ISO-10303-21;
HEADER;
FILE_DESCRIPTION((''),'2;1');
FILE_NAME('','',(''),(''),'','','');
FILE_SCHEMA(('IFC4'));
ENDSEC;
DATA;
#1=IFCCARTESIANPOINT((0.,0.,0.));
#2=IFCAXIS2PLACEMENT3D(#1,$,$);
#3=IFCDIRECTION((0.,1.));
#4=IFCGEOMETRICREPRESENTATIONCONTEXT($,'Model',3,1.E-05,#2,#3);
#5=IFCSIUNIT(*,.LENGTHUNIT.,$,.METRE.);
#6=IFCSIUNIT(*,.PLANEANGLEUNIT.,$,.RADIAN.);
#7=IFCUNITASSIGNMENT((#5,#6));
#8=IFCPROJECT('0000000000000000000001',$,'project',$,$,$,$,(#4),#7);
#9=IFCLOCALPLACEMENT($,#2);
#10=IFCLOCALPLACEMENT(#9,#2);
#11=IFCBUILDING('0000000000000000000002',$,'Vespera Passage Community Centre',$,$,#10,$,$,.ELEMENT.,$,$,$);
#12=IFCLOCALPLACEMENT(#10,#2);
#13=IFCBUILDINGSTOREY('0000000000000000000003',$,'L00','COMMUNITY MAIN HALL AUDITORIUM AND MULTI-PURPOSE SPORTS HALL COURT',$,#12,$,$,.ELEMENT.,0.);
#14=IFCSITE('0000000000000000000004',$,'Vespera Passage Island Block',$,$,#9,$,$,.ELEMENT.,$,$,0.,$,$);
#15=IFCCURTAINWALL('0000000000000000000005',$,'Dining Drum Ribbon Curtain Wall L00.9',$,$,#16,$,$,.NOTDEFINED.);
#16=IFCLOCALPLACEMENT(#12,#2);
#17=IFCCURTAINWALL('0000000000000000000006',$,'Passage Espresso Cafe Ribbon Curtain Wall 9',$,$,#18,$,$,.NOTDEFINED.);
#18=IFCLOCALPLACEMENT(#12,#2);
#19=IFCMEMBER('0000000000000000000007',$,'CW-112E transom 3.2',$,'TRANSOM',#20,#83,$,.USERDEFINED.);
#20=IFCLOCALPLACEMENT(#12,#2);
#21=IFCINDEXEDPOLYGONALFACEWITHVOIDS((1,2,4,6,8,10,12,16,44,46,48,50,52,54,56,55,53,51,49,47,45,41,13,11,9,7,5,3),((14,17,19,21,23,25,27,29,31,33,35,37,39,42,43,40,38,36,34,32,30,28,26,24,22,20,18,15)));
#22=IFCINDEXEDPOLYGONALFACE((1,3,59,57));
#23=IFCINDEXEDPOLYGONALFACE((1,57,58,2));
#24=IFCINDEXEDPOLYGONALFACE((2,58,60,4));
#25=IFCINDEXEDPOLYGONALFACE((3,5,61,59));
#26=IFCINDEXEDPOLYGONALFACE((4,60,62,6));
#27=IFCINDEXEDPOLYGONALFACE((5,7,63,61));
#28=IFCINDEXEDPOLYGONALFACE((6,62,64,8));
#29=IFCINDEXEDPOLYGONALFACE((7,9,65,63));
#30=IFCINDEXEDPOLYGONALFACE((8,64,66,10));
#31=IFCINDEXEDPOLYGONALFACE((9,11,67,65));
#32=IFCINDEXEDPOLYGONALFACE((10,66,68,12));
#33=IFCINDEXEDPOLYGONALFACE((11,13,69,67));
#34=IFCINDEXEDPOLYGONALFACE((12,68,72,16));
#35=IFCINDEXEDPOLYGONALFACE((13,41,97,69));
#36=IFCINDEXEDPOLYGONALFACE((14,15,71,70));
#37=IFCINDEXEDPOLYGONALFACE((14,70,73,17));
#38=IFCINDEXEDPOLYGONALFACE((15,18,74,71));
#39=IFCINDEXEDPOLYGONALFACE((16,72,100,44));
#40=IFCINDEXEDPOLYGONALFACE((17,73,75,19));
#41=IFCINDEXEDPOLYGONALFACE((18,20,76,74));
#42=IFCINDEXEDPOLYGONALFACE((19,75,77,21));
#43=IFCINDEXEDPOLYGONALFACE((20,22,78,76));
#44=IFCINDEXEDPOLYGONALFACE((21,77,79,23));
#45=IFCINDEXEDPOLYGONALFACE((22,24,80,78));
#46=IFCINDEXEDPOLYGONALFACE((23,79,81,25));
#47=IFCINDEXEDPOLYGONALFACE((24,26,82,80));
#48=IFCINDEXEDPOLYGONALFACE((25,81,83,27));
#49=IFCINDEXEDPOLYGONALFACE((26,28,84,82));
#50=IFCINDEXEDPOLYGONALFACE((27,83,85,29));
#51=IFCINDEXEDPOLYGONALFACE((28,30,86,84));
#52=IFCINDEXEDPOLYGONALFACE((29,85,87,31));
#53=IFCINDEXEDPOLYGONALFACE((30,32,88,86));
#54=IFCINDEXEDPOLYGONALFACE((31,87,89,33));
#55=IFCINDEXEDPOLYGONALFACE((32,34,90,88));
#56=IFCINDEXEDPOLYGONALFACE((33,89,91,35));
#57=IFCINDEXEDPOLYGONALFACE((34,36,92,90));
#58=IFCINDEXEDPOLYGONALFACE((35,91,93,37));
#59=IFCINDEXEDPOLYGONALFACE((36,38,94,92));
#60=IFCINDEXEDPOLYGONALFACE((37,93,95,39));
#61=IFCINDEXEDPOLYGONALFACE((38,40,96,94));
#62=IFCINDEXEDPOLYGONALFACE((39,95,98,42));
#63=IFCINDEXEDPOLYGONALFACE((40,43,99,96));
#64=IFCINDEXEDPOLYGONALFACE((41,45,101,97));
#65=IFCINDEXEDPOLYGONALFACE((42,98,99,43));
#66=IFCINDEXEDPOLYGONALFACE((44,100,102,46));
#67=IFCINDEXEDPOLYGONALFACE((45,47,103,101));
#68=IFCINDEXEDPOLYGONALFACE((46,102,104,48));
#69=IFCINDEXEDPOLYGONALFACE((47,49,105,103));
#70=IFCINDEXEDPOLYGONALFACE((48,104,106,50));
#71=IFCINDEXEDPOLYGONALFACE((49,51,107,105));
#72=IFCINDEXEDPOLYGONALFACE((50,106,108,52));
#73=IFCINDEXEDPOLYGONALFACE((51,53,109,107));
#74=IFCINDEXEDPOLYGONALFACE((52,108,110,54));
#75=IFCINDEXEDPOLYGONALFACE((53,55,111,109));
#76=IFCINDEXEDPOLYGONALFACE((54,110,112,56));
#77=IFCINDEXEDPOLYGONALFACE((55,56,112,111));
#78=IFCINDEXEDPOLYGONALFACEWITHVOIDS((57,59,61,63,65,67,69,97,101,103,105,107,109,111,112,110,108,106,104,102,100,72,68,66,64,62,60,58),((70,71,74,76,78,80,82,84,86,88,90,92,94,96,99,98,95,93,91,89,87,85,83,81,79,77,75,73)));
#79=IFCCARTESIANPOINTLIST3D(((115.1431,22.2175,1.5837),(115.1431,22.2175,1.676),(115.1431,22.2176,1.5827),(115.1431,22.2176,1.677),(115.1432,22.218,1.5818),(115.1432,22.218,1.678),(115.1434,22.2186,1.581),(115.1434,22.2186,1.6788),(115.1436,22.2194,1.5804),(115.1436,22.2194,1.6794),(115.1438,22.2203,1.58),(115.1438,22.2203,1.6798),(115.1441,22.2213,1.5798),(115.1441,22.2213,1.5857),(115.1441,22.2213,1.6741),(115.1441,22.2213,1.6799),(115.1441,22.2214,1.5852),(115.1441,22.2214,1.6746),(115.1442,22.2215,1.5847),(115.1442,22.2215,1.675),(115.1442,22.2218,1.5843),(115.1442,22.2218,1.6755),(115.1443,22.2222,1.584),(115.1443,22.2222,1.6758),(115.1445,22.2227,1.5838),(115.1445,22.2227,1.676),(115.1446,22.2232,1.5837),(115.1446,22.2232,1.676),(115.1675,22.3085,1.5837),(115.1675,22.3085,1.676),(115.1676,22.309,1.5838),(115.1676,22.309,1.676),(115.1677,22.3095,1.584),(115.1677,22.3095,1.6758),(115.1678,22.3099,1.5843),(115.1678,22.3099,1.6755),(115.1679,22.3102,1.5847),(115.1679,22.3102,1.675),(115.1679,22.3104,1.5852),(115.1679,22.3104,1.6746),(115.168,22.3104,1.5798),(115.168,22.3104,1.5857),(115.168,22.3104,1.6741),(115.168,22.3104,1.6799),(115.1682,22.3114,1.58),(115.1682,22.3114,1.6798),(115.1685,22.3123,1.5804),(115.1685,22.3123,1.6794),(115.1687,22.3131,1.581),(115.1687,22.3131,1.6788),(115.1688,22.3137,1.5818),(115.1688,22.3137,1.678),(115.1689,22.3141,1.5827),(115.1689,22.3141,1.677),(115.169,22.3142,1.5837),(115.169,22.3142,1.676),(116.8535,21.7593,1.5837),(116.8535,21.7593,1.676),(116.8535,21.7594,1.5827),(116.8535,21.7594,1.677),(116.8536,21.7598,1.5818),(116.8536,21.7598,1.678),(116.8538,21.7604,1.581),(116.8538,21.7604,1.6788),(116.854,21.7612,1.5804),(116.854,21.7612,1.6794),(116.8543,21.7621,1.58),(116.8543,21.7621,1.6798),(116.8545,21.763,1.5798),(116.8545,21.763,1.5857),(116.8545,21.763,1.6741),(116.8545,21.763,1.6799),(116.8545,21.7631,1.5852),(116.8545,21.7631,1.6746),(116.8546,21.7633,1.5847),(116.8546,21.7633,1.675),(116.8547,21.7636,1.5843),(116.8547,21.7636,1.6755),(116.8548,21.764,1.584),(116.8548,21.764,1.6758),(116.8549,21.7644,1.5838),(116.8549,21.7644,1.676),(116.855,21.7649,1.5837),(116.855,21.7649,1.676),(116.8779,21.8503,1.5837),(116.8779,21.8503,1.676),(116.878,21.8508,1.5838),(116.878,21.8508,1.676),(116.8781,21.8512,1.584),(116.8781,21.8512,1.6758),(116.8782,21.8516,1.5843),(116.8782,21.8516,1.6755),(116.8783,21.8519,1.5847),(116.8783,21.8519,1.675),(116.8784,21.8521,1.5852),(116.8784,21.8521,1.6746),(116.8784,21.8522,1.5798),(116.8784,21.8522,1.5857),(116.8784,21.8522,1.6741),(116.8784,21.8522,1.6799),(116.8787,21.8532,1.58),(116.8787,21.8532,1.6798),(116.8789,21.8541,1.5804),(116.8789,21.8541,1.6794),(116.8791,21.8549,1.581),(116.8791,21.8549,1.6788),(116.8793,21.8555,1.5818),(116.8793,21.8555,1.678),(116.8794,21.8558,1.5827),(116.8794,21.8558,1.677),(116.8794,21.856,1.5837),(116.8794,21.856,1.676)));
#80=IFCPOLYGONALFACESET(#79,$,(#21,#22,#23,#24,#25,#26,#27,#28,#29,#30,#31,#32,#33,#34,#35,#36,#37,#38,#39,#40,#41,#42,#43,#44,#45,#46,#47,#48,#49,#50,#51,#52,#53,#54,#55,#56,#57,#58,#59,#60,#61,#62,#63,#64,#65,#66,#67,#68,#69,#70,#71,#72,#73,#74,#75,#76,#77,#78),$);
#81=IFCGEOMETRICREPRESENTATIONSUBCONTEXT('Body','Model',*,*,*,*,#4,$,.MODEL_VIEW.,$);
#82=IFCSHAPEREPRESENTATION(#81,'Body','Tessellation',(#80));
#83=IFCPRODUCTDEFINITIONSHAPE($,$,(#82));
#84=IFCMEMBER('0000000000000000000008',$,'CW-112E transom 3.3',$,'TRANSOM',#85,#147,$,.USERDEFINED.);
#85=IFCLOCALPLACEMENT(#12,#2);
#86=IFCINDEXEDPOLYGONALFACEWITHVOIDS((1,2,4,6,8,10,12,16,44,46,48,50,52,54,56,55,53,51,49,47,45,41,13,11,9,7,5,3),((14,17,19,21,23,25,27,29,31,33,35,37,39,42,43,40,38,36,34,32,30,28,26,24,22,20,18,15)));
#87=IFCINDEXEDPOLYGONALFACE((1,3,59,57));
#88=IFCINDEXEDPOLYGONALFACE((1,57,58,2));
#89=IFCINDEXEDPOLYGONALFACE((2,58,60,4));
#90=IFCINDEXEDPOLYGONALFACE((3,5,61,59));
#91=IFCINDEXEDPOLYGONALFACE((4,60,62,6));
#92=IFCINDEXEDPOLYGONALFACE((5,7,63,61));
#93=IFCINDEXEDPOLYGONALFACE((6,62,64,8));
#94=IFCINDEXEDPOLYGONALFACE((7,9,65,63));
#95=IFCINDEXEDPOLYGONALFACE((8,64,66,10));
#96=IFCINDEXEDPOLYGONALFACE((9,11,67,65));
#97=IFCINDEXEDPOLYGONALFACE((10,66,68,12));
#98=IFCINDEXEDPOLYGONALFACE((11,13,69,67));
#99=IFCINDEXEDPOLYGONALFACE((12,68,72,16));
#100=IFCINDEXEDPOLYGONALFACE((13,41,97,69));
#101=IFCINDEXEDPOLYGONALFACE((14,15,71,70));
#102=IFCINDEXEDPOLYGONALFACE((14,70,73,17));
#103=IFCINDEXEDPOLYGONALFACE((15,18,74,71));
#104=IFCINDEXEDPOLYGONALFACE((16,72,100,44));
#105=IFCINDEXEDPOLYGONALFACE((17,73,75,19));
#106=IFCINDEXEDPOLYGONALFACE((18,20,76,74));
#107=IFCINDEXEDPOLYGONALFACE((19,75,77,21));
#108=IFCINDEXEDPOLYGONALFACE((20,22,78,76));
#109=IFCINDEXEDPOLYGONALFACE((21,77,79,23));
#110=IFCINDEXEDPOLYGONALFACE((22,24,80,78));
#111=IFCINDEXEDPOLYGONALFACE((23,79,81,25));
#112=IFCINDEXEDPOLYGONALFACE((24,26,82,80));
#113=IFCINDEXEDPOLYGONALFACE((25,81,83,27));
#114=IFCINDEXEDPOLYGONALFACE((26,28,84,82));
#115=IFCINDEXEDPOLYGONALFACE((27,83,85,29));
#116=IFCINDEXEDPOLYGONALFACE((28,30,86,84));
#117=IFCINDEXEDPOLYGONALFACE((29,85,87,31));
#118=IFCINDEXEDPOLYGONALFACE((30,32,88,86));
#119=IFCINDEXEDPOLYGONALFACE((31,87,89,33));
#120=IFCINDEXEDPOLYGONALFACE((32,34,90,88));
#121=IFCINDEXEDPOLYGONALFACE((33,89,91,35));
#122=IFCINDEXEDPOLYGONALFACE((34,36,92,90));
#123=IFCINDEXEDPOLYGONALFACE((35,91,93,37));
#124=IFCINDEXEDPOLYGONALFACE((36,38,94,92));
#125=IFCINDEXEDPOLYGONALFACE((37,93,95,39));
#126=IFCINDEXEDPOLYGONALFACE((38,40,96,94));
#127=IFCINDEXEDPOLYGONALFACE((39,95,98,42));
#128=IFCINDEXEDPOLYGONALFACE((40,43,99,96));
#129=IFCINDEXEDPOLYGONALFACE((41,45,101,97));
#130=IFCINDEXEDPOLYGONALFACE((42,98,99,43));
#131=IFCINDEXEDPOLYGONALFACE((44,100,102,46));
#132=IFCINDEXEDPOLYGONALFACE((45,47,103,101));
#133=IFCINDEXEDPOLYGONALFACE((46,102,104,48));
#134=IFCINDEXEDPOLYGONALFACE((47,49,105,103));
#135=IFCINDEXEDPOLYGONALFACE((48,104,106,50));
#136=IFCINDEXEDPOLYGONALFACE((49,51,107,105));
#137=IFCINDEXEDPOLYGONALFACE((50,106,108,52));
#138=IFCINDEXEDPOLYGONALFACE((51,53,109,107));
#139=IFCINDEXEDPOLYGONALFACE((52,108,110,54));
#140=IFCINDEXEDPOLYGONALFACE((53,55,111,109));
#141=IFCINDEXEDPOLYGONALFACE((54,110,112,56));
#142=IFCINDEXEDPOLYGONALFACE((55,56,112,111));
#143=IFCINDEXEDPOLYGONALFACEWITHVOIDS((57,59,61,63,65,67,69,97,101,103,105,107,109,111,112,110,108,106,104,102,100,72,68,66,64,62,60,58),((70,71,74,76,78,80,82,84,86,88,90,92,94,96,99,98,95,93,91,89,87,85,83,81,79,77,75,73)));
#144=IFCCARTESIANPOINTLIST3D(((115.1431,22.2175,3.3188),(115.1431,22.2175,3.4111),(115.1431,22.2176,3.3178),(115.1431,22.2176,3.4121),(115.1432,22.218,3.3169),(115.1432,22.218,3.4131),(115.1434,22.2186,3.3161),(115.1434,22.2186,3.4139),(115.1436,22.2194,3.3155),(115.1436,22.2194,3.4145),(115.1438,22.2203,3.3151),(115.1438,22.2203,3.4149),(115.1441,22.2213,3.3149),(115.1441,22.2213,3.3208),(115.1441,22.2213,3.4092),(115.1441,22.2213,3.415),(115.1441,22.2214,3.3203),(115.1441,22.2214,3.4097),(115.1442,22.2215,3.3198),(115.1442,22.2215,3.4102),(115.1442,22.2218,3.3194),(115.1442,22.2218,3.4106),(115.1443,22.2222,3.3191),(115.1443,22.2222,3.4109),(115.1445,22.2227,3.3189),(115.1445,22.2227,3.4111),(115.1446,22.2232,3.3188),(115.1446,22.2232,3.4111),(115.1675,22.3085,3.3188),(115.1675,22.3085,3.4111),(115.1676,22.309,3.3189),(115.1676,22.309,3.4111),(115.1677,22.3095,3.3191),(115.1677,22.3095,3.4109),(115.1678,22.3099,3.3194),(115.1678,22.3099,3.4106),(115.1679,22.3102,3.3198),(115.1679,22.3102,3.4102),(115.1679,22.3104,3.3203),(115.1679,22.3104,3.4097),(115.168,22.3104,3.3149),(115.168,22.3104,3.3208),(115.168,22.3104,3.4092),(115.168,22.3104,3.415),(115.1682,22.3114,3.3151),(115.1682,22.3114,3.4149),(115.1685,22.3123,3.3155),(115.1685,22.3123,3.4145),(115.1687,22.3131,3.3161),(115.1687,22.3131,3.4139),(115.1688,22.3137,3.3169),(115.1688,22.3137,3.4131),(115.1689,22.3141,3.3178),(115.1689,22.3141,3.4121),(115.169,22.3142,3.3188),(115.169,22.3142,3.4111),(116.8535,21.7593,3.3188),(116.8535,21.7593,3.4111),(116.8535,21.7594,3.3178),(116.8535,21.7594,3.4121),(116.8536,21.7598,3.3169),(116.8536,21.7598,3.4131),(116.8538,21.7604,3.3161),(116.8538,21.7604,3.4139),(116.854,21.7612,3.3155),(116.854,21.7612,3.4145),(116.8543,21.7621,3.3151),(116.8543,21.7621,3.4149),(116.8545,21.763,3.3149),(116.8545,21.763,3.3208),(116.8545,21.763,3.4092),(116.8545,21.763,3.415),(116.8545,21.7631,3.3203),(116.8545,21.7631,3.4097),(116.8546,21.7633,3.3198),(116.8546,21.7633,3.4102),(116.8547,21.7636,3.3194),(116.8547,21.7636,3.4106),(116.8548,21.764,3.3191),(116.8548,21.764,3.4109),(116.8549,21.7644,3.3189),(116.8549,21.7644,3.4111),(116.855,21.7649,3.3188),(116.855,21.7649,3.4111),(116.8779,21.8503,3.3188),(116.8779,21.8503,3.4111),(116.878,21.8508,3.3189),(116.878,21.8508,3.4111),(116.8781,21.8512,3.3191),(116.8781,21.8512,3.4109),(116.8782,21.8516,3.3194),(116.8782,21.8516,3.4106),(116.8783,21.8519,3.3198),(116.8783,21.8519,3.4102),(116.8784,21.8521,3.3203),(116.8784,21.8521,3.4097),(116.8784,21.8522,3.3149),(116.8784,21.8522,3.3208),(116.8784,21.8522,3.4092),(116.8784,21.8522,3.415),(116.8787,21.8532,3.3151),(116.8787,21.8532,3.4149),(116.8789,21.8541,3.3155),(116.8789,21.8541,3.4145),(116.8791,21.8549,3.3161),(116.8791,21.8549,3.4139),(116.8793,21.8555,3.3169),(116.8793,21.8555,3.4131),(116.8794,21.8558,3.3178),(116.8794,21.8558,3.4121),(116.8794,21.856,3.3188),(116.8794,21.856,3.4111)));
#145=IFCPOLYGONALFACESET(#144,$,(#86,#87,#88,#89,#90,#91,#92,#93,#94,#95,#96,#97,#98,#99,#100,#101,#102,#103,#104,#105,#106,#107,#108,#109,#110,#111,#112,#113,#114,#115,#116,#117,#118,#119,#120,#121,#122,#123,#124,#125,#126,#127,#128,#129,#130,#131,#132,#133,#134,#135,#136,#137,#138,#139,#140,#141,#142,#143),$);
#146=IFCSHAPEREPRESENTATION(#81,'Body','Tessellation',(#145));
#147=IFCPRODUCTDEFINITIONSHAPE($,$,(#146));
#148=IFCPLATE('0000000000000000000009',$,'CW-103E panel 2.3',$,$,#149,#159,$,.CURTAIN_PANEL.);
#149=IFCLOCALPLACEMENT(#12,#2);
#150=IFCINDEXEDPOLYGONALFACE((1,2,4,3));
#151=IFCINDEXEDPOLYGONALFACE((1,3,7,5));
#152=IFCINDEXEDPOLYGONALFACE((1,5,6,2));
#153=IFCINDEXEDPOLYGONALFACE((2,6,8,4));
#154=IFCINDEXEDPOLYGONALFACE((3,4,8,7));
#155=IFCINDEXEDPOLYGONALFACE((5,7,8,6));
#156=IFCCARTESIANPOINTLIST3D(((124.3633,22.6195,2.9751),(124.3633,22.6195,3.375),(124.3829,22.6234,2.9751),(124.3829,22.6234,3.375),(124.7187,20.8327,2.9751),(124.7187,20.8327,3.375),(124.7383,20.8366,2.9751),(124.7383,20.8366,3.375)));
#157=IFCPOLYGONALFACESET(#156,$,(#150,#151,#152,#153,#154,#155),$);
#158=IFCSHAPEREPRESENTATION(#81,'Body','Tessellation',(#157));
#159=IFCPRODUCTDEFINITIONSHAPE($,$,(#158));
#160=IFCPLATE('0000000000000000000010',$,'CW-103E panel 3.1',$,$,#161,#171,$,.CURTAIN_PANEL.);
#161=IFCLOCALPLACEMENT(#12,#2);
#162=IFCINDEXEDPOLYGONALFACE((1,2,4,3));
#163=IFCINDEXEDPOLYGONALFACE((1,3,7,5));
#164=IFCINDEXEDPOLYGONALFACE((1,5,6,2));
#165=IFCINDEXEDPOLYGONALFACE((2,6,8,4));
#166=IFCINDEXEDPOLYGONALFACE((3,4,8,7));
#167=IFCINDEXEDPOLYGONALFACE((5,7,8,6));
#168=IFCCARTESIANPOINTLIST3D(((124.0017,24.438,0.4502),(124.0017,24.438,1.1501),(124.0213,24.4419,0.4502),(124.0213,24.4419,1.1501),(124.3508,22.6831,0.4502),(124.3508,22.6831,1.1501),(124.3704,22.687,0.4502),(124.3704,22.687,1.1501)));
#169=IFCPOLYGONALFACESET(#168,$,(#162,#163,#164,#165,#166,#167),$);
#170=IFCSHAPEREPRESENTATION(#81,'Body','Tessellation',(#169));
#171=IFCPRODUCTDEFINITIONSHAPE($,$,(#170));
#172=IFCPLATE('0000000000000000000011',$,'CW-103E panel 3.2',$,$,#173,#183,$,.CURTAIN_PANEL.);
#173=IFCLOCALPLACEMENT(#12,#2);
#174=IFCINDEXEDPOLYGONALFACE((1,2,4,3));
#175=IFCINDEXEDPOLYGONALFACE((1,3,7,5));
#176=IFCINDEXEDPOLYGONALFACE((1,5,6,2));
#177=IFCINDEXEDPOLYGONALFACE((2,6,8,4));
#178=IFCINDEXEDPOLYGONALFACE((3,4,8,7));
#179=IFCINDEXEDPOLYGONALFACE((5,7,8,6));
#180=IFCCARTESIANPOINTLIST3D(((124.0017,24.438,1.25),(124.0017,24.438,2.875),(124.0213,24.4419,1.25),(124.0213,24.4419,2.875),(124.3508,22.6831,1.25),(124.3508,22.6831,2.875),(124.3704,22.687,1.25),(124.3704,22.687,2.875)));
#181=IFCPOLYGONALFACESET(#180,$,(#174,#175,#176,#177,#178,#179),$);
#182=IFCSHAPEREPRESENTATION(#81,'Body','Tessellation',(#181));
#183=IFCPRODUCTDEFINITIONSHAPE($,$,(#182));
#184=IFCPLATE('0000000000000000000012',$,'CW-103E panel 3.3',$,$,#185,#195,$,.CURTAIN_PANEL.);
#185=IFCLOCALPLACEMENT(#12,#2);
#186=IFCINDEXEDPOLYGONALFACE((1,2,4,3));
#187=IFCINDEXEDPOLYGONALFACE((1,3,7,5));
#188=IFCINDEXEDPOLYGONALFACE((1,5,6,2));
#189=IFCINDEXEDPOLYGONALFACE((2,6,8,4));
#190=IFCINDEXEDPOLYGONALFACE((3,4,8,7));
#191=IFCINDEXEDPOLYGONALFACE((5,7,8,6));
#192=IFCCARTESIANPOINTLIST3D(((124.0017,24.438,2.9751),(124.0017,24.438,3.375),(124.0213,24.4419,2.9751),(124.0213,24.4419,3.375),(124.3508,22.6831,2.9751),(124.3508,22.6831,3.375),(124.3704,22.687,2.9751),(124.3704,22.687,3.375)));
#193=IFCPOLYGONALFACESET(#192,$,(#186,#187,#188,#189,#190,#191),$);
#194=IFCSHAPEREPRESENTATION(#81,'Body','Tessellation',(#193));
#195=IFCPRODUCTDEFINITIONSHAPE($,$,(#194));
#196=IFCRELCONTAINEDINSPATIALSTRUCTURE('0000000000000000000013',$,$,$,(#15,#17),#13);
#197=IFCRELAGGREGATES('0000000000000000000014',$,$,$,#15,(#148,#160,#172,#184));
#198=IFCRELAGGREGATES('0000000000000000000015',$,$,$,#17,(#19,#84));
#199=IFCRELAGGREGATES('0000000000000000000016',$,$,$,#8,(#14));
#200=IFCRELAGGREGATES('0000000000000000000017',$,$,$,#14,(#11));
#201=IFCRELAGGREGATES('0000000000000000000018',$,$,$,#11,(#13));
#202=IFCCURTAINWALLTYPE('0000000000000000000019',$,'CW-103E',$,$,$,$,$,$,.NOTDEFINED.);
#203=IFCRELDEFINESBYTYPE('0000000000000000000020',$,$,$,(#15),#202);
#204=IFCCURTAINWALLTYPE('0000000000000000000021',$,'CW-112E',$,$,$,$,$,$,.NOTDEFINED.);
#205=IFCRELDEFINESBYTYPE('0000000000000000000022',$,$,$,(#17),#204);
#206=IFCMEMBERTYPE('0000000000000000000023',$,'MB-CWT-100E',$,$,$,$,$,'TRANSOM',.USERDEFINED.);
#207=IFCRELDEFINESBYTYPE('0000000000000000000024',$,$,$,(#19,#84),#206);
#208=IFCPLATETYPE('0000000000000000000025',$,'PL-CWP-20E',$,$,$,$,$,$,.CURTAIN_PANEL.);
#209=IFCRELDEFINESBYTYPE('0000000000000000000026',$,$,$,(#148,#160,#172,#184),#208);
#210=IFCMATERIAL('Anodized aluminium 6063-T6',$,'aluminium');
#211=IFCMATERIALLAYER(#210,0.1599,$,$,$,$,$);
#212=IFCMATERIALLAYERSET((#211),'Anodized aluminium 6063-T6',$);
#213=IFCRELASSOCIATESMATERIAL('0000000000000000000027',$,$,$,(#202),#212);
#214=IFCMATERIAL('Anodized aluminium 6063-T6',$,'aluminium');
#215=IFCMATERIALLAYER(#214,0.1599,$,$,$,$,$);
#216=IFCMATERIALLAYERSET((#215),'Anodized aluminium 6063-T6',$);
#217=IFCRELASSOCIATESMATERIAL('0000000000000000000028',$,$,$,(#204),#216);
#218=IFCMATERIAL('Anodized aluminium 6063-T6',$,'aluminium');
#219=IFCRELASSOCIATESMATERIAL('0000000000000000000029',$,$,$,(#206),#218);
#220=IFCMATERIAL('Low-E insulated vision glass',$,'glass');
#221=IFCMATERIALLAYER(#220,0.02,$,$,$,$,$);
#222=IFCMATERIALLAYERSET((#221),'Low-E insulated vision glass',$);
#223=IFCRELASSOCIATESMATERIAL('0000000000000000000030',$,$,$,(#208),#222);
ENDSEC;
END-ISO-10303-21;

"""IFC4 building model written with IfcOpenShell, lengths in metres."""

from ifc_helpers import new_model, si_unit, direction, frame, origin, origin_2d, place, context, subcontext, project, spatial, rectangle, hollow_rectangle, extrude, material, layer, layer_set, material_profile, profile_set, type_object, element, aggregate, save


model = new_model("IFC4")

# Units and contexts
model_context = context("Model", 3, precision=1e-05, world=origin(), true_north=direction((0.0, 1.0)))
body_context = subcontext(model_context, "Body", "Model", "MODEL_VIEW")
ifc_project = project(units=[si_unit("LENGTHUNIT", "METRE"), si_unit("PLANEANGLEUNIT", "RADIAN")], contexts=[model_context])

# Site, building, storey
site_placement = place(None, origin())
site = spatial("IfcSite", under=ifc_project, at=site_placement, Name="Vespera Passage Island Block", CompositionType="ELEMENT", RefElevation=0.0)
building_placement = place(site_placement, origin())
building = spatial("IfcBuilding", under=site, at=building_placement, Name="Vespera Passage Community Centre", CompositionType="ELEMENT")
storey_placement = place(building_placement, origin())
storey = spatial("IfcBuildingStorey", under=building, at=storey_placement, Name="L00", Description="COMMUNITY MAIN HALL AUDITORIUM AND MULTI-PURPOSE SPORTS HALL COURT", CompositionType="ELEMENT", Elevation=0.0)

# Curtain walls
ifc_material_1 = material(Name="Anodized aluminium 6063-T6", Category="aluminium")
ifc_layer_1 = layer(ifc_material_1, 0.1599)
ifc_layer_set_1 = layer_set([ifc_layer_1], Name="Anodized aluminium 6063-T6")
curtain_wall_type_1 = type_object("IfcCurtainWallType", Name="CW-103E", PredefinedType="NOTDEFINED", material=ifc_layer_set_1)
curtain_wall_1_placement = place(storey_placement, origin())
curtain_wall_1 = element("IfcCurtainWall", 1, at=curtain_wall_1_placement, inside=storey, type_object=curtain_wall_type_1, Name="Dining Drum Ribbon Curtain Wall L00.9", PredefinedType="NOTDEFINED")
ifc_material_2 = material(Name="Anodized aluminium 6063-T6", Category="aluminium")
ifc_layer_2 = layer(ifc_material_2, 0.1599)
ifc_layer_set_2 = layer_set([ifc_layer_2], Name="Anodized aluminium 6063-T6")
curtain_wall_type_2 = type_object("IfcCurtainWallType", Name="CW-112E", PredefinedType="NOTDEFINED", material=ifc_layer_set_2)
curtain_wall_2_placement = place(storey_placement, origin())
curtain_wall_2 = element("IfcCurtainWall", 2, at=curtain_wall_2_placement, inside=storey, type_object=curtain_wall_type_2, Name="Passage Espresso Cafe Ribbon Curtain Wall 9", PredefinedType="NOTDEFINED")

# Members
ifc_material_3 = material(Name="Anodized aluminium 6063-T6", Category="aluminium")
ifc_material_profile_1 = material_profile(ifc_material_3, hollow_rectangle(XDim=0.1001, YDim=0.1001, WallThickness=0.0039, InnerFilletRadius=0.002, OuterFilletRadius=0.0039, at=origin_2d()), Name="ALU100X100X4")
ifc_profile_set_1 = profile_set([ifc_material_profile_1], Name="Anodized aluminium 6063-T6")
member_type_1 = type_object("IfcMemberType", Name="MB-CWT-100E", ElementType="TRANSOM", PredefinedType="USERDEFINED", material=ifc_profile_set_1)
member_1_placement = place(storey_placement, frame((116.8665, 21.8076, 1.6299), z_axis=(-0.965935, 0.258787, 0.0), x_axis=(-0.258787, -0.965935, 0.0)))
member_1 = element("IfcMember", 3, at=member_1_placement, type_object=member_type_1, Name="CW-112E transom 3.2", ObjectType="TRANSOM", PredefinedType="USERDEFINED", context=body_context, shape_type="SweptSolid", body=[
    extrude(hollow_rectangle(XDim=0.1001, YDim=0.1001, WallThickness=0.0039, InnerFilletRadius=0.002, OuterFilletRadius=0.0039, at=origin_2d()), origin(), (0.0, 0.0, 1.0), 1.7708),
])
member_2_placement = place(storey_placement, frame((116.8665, 21.8076, 3.365), z_axis=(-0.965935, 0.258787, 0.0), x_axis=(-0.258787, -0.965935, 0.0)))
member_2 = element("IfcMember", 4, at=member_2_placement, type_object=member_type_1, Name="CW-112E transom 3.3", ObjectType="TRANSOM", PredefinedType="USERDEFINED", context=body_context, shape_type="SweptSolid", body=[
    extrude(hollow_rectangle(XDim=0.1001, YDim=0.1001, WallThickness=0.0039, InnerFilletRadius=0.002, OuterFilletRadius=0.0039, at=origin_2d()), origin(), (0.0, 0.0, 1.0), 1.7708),
])

# Plates
ifc_material_4 = material(Name="Low-E insulated vision glass", Category="glass")
ifc_layer_3 = layer(ifc_material_4, 0.02)
ifc_layer_set_3 = layer_set([ifc_layer_3], Name="Low-E insulated vision glass")
plate_type = type_object("IfcPlateType", Name="PL-CWP-20E", PredefinedType="CURTAIN_PANEL", material=ifc_layer_set_3)
plate_1_placement = place(storey_placement, frame((124.5508, 21.728, 2.9751), z_axis=(0.0, 0.0, 1.0), x_axis=(-0.195097, 0.980784, 0.0)))
plate_1 = element("IfcPlate", 5, at=plate_1_placement, type_object=plate_type, Name="CW-103E panel 2.3", PredefinedType="CURTAIN_PANEL", context=body_context, shape_type="SweptSolid", body=[
    extrude(rectangle(XDim=1.8218, YDim=0.02, at=origin_2d()), origin(), (0.0, 0.0, 1.0), 0.3999),
])
plate_2_placement = place(storey_placement, frame((124.186, 23.5625, 0.4502), z_axis=(0.0, 0.0, 1.0), x_axis=(-0.195097, 0.980784, 0.0)))
plate_2 = element("IfcPlate", 6, at=plate_2_placement, type_object=plate_type, Name="CW-103E panel 3.1", PredefinedType="CURTAIN_PANEL", context=body_context, shape_type="SweptSolid", body=[
    extrude(rectangle(XDim=1.7893, YDim=0.02, at=origin_2d()), origin(), (0.0, 0.0, 1.0), 0.7),
])
plate_3_placement = place(storey_placement, frame((124.186, 23.5625, 1.25), z_axis=(0.0, 0.0, 1.0), x_axis=(-0.195097, 0.980784, 0.0)))
plate_3 = element("IfcPlate", 7, at=plate_3_placement, type_object=plate_type, Name="CW-103E panel 3.2", PredefinedType="CURTAIN_PANEL", context=body_context, shape_type="SweptSolid", body=[
    extrude(rectangle(XDim=1.7893, YDim=0.02, at=origin_2d()), origin(), (0.0, 0.0, 1.0), 1.625),
])
plate_4_placement = place(storey_placement, frame((124.186, 23.5625, 2.9751), z_axis=(0.0, 0.0, 1.0), x_axis=(-0.195097, 0.980784, 0.0)))
plate_4 = element("IfcPlate", 8, at=plate_4_placement, type_object=plate_type, Name="CW-103E panel 3.3", PredefinedType="CURTAIN_PANEL", context=body_context, shape_type="SweptSolid", body=[
    extrude(rectangle(XDim=1.7893, YDim=0.02, at=origin_2d()), origin(), (0.0, 0.0, 1.0), 0.3999),
])
aggregate(curtain_wall_1, [plate_1, plate_2, plate_3, plate_4])
aggregate(curtain_wall_2, [member_1, member_2])

save(model, "model.ifc")
